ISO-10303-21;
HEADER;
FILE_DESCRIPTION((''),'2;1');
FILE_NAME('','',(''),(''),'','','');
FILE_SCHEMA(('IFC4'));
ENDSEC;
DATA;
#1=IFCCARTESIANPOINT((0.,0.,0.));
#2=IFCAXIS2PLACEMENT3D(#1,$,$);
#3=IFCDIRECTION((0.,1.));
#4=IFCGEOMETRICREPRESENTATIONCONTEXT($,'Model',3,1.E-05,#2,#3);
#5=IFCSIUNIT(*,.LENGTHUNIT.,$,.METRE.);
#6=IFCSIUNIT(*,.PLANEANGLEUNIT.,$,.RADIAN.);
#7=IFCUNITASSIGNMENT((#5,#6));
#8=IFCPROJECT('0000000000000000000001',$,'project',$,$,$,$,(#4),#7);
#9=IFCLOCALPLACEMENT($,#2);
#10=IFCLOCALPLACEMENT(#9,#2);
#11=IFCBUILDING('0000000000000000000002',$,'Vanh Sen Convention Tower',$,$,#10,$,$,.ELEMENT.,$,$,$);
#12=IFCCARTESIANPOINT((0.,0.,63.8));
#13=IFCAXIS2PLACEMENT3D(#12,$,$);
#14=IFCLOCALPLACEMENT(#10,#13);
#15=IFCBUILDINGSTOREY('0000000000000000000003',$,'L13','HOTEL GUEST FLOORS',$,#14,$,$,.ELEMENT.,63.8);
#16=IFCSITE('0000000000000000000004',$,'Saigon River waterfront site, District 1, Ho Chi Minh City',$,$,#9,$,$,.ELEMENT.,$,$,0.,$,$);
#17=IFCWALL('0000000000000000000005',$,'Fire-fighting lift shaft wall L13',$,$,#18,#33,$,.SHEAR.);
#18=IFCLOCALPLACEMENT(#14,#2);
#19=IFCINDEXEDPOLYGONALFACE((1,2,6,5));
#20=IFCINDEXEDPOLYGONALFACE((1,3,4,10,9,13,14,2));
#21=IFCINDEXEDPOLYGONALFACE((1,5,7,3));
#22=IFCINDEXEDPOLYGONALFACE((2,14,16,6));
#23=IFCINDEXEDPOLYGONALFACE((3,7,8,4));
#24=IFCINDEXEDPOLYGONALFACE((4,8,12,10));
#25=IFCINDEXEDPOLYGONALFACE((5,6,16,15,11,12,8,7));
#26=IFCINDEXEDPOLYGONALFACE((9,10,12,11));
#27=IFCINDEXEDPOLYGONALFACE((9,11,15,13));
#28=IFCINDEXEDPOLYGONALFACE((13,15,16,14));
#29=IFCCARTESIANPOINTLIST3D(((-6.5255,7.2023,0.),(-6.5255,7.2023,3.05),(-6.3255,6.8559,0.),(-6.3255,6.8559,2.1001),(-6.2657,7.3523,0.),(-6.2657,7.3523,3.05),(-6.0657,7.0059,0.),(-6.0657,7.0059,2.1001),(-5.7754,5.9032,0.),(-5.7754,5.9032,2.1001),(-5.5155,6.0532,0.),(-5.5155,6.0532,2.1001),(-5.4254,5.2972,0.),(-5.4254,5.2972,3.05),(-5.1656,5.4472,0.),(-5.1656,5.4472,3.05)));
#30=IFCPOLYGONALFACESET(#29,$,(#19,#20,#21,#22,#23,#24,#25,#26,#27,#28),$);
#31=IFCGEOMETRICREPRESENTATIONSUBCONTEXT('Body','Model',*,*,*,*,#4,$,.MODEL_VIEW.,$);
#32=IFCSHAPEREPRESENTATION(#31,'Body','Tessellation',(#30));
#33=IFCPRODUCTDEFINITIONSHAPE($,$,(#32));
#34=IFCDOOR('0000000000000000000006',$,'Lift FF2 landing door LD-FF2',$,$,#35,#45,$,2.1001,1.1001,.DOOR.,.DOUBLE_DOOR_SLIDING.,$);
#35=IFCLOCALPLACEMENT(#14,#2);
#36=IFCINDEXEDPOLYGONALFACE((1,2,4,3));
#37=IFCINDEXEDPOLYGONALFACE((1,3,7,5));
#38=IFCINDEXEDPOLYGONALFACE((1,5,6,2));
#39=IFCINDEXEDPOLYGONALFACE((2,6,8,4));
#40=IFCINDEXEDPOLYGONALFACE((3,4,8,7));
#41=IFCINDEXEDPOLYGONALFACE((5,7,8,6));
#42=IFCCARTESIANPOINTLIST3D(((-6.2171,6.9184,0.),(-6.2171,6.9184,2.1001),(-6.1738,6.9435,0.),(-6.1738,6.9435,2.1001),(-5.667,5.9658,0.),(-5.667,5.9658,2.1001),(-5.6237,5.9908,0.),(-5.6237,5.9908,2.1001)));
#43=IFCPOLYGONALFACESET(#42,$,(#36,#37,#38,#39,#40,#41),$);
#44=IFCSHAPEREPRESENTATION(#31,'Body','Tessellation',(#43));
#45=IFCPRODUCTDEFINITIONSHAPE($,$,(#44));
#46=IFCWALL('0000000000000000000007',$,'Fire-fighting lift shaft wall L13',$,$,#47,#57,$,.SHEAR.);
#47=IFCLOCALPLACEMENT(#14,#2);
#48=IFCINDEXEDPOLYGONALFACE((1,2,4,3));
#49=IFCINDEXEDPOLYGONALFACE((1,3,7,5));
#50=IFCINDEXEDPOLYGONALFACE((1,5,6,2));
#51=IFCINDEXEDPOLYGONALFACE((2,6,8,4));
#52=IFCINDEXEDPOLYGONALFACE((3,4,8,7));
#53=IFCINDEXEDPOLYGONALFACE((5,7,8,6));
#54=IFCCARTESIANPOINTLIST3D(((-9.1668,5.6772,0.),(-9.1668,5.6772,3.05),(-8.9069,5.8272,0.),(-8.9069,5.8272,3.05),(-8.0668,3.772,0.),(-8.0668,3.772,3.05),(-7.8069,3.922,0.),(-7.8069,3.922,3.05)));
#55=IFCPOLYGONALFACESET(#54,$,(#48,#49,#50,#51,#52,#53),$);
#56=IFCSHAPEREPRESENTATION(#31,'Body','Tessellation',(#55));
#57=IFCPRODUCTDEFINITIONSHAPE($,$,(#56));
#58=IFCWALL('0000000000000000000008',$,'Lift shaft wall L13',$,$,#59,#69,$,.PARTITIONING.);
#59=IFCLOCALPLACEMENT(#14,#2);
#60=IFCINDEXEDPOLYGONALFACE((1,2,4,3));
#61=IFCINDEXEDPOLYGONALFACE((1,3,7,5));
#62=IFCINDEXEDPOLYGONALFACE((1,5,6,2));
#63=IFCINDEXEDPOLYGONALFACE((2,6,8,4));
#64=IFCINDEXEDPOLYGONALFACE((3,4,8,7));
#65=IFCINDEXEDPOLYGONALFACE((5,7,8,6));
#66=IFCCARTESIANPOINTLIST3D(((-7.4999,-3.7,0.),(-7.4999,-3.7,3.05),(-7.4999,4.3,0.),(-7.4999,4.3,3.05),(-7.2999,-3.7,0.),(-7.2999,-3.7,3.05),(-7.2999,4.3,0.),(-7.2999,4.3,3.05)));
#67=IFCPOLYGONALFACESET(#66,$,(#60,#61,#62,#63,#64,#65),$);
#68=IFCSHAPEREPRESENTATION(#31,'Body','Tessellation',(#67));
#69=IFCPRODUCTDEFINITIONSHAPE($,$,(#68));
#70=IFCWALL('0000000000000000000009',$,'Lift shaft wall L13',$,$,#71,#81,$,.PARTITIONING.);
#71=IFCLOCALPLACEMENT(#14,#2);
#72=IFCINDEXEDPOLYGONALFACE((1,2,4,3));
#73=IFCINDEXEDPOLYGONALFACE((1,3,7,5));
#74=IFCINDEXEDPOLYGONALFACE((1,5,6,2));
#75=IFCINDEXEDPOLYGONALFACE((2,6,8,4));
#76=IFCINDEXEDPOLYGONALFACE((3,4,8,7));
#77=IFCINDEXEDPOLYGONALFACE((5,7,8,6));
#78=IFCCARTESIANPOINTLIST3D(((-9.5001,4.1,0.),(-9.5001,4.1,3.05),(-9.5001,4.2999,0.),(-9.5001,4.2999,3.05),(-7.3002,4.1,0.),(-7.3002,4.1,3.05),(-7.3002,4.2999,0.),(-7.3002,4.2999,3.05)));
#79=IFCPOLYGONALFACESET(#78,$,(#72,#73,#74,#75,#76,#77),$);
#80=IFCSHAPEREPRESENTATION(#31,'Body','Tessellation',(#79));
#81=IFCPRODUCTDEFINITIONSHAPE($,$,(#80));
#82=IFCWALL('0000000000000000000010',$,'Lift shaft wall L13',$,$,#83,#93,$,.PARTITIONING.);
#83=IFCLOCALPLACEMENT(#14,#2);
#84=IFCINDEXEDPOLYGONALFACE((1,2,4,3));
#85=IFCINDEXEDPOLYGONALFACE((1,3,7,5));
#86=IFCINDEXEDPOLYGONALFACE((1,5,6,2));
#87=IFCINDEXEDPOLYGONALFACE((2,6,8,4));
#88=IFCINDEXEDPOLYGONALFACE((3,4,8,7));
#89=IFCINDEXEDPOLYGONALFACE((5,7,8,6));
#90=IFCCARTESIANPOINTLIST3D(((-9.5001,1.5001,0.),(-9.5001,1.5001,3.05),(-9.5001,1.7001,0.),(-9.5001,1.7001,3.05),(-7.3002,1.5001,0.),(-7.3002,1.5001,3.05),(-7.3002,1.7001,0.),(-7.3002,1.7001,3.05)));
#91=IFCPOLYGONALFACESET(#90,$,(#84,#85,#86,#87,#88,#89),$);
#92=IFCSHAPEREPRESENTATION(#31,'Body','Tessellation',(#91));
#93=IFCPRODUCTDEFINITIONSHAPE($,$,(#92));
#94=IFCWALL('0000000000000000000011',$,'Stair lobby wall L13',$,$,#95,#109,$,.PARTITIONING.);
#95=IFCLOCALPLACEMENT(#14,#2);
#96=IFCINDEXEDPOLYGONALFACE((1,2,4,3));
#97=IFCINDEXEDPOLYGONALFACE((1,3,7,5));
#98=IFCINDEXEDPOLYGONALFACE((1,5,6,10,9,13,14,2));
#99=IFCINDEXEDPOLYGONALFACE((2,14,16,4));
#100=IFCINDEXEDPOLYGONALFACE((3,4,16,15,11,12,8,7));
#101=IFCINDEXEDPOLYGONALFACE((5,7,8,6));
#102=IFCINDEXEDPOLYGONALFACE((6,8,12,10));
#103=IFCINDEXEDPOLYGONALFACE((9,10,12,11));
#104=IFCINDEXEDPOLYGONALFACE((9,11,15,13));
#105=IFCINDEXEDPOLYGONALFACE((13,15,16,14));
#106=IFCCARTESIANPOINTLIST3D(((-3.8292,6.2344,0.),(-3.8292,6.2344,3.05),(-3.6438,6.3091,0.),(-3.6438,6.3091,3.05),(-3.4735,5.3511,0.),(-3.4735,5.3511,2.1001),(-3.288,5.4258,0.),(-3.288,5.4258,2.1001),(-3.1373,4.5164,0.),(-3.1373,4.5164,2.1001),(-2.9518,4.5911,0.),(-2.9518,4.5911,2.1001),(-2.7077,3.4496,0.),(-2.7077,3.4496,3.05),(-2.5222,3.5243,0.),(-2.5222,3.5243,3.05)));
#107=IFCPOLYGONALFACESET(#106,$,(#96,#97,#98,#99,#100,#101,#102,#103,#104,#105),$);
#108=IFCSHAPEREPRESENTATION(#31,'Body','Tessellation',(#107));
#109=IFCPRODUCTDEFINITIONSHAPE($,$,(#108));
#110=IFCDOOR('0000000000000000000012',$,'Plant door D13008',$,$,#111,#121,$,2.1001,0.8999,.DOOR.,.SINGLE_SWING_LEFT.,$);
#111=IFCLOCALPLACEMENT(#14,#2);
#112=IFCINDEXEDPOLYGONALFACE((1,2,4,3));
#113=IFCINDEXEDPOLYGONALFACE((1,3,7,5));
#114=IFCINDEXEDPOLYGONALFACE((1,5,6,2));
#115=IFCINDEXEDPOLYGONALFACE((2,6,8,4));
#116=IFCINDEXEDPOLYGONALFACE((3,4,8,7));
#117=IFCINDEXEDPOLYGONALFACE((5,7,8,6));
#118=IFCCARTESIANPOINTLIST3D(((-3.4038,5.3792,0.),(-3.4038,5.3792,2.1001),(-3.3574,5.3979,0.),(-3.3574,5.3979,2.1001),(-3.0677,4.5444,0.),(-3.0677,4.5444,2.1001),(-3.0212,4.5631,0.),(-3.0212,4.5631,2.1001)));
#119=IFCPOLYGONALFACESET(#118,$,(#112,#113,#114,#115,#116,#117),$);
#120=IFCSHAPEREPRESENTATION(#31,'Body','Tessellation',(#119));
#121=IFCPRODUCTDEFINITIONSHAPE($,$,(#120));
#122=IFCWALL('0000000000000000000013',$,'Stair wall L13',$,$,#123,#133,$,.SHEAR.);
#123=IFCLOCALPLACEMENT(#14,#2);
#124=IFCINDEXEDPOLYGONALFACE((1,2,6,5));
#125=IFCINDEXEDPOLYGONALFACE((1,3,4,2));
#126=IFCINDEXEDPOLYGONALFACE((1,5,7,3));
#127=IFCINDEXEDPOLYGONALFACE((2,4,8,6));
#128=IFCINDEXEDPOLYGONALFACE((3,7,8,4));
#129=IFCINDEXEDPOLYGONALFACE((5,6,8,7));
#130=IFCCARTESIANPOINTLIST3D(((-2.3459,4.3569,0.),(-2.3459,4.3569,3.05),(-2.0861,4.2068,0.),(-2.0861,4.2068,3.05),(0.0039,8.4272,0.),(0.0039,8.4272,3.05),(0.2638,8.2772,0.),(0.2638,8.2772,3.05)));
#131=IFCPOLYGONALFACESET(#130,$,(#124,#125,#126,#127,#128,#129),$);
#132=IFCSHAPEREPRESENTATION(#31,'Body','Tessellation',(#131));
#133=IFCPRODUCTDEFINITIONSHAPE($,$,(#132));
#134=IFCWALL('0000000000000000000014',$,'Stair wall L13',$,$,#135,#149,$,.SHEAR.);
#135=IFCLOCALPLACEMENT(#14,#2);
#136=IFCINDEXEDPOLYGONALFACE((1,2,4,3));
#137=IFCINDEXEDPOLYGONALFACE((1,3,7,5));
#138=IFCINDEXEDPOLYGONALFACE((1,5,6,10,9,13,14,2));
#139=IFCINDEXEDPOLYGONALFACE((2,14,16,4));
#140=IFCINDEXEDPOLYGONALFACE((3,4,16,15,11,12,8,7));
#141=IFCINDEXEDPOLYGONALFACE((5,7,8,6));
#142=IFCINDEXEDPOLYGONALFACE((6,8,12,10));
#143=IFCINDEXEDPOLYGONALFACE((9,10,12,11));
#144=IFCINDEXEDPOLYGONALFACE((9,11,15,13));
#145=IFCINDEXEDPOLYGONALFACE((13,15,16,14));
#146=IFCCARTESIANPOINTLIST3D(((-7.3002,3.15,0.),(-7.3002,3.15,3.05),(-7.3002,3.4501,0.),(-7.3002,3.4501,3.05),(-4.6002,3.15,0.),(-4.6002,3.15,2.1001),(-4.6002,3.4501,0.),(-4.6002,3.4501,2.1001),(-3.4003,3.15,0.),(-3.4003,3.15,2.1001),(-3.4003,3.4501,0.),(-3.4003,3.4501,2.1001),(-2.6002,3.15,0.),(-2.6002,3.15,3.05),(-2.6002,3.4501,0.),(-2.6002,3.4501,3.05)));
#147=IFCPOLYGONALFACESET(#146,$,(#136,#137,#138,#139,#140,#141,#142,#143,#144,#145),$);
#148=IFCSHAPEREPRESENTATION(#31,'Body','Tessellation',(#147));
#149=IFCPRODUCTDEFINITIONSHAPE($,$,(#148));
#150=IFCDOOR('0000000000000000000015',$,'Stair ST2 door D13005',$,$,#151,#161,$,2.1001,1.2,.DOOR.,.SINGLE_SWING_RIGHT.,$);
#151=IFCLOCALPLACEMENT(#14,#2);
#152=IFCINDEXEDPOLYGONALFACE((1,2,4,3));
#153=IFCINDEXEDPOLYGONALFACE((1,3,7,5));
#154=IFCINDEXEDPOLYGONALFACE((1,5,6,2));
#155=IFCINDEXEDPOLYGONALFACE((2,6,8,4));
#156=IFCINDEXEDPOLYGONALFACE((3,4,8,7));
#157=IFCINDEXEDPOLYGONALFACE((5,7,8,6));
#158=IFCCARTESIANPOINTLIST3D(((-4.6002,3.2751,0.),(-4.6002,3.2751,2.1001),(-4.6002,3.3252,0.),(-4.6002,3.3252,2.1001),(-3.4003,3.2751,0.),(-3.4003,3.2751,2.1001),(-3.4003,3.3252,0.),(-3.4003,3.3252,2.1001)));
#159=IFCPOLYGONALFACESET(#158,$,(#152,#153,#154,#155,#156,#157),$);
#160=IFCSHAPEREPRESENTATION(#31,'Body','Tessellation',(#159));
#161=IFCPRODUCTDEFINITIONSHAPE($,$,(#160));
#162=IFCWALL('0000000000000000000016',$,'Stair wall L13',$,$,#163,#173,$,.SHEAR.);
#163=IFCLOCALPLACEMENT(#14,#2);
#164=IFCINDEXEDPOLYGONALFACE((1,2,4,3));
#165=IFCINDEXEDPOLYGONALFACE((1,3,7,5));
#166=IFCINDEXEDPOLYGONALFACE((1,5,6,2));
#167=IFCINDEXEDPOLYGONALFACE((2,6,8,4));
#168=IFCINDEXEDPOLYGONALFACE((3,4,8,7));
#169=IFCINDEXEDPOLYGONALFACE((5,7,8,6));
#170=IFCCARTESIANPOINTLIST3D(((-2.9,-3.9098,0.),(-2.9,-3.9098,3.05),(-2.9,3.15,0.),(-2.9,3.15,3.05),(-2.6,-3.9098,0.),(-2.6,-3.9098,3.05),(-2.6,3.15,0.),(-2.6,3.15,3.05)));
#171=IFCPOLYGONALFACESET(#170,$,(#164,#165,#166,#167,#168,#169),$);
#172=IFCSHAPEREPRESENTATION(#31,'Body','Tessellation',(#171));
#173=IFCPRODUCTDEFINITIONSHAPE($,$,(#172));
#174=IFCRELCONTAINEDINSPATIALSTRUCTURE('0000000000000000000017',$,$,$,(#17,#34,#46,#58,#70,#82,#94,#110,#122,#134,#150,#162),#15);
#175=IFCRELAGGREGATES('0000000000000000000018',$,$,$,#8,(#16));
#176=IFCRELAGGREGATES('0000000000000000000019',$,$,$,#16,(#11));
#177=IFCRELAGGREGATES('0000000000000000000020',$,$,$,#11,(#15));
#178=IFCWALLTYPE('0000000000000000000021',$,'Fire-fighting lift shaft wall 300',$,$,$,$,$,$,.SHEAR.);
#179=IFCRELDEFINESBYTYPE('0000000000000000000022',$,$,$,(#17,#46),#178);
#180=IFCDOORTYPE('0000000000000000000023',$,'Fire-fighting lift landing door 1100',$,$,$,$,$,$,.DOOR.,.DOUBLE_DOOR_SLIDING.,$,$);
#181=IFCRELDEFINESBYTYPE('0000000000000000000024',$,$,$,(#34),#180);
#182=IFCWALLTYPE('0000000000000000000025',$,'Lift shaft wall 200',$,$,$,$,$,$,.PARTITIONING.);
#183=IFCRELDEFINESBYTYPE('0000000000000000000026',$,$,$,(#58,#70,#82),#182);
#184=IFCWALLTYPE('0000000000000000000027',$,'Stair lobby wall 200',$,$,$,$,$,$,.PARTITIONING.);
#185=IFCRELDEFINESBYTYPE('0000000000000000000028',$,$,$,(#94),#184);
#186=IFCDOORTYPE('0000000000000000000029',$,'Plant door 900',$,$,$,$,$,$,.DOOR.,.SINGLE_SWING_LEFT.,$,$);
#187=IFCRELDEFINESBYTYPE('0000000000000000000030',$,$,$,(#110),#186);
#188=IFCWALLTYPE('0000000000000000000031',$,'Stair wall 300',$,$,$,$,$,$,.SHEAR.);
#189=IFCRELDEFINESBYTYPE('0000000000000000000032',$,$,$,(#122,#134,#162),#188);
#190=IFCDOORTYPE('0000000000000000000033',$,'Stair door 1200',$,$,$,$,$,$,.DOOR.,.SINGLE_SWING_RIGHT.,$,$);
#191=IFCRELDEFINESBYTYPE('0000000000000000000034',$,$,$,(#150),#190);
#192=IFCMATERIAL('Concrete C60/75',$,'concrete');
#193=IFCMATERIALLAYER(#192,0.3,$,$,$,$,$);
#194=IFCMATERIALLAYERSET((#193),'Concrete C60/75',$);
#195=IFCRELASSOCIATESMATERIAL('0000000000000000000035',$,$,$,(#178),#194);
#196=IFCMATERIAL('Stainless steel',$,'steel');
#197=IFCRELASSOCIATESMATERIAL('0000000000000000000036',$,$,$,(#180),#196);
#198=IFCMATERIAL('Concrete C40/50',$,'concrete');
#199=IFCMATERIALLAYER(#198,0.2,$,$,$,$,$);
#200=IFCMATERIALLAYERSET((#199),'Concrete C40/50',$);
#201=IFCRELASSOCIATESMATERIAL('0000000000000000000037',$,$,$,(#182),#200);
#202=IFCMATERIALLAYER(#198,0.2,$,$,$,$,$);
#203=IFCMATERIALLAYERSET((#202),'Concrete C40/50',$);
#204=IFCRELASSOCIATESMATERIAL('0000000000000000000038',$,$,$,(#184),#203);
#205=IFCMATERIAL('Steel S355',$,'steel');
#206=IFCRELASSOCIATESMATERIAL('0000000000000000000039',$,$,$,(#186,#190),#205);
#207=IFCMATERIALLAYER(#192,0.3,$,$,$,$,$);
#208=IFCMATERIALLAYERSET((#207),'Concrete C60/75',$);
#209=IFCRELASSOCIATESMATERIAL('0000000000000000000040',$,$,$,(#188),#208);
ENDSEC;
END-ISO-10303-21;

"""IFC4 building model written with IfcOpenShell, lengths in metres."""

from ifc_helpers import new_model, si_unit, direction, frame, frame_2d, origin, place, context, subcontext, project, spatial, rectangle, extrude, material, layer, layer_set, type_object, element, fill, save


model = new_model("IFC4")

# Units and contexts
model_context = context("Model", 3, precision=1e-05, world=origin(), true_north=direction((0.0, 1.0)))
body_context = subcontext(model_context, "Body", "Model", "MODEL_VIEW")
ifc_project = project(units=[si_unit("LENGTHUNIT", "METRE"), si_unit("PLANEANGLEUNIT", "RADIAN")], contexts=[model_context])

# Site, building, storey
site_placement = place(None, origin())
site = spatial("IfcSite", under=ifc_project, at=site_placement, Name="Saigon River waterfront site, District 1, Ho Chi Minh City", CompositionType="ELEMENT", RefElevation=0.0)
building_placement = place(site_placement, origin())
building = spatial("IfcBuilding", under=site, at=building_placement, Name="Vanh Sen Convention Tower", CompositionType="ELEMENT")
storey_placement = place(building_placement, frame((0.0, 0.0, 63.8)))
storey = spatial("IfcBuildingStorey", under=building, at=storey_placement, Name="L13", Description="HOTEL GUEST FLOORS", CompositionType="ELEMENT", Elevation=63.8)

# Wall, opening, door
ifc_material_1 = material(Name="Concrete C60/75", Category="concrete")
ifc_layer_1 = layer(ifc_material_1, 0.3)
ifc_layer_set_1 = layer_set([ifc_layer_1], Name="Concrete C60/75")
wall_type_1 = type_object("IfcWallType", Name="Fire-fighting lift shaft wall 300", PredefinedType="SHEAR", material=ifc_layer_set_1)
wall_1_placement = place(storey_placement, frame((-5.2954, 5.3721, 0.0), z_axis=(0.0, 0.0, 1.0), x_axis=(-0.500078, 0.86598, 0.0)))
wall_1 = element("IfcWall", 1, at=wall_1_placement, inside=storey, type_object=wall_type_1, Name="Fire-fighting lift shaft wall L13", PredefinedType="SHEAR", context=body_context, shape_type="SweptSolid", body=[
    extrude(rectangle(XDim=2.2, YDim=0.3, at=frame_2d((1.1001, 0.0))), origin(), (0.0, 0.0, 1.0), 3.05),
])
opening_1_placement = place(wall_1_placement, frame((0.7, 0.0, 0.0)))
opening_1 = element("IfcOpeningElement", 2, at=opening_1_placement, cuts=wall_1, PredefinedType="OPENING", context=body_context, shape_type="SweptSolid", body=[
    extrude(rectangle(XDim=1.1001, YDim=2.1001, at=frame_2d((0.55, 1.05))), frame((0.0, 0.1599, 0.0), z_axis=(0.0, -1.0, 0.0), x_axis=(1.0, 0.0, 0.0)), (0.0, 0.0, 1.0), 0.3201),
])
ifc_material_2 = material(Name="Stainless steel", Category="steel")
door_type_1 = type_object("IfcDoorType", Name="Fire-fighting lift landing door 1100", OperationType="DOUBLE_DOOR_SLIDING", PredefinedType="DOOR", material=ifc_material_2)
door_1_placement = place(opening_1_placement, origin())
door_1 = element("IfcDoor", 3, at=door_1_placement, inside=storey, type_object=door_type_1, Name="Lift FF2 landing door LD-FF2", OperationType="DOUBLE_DOOR_SLIDING", OverallHeight=2.1001, OverallWidth=1.1001, PredefinedType="DOOR", context=body_context, shape_type="SweptSolid", body=[
    extrude(rectangle(XDim=1.1001, YDim=2.1001, at=frame_2d((0.55, 1.05))), frame((0.0, 0.0249, 0.0), z_axis=(0.0, -1.0, 0.0), x_axis=(1.0, 0.0, 0.0)), (0.0, 0.0, 1.0), 0.05),
])
fill(opening_1, door_1)

# Walls
wall_2_placement = place(storey_placement, frame((-7.9368, 3.8469, 0.0), z_axis=(0.0, 0.0, 1.0), x_axis=(-0.50003, 0.866008, 0.0)))
element("IfcWall", 4, at=wall_2_placement, inside=storey, type_object=wall_type_1, Name="Fire-fighting lift shaft wall L13", PredefinedType="SHEAR", context=body_context, shape_type="SweptSolid", body=[
    extrude(rectangle(XDim=2.2, YDim=0.3, at=frame_2d((1.1001, 0.0))), origin(), (0.0, 0.0, 1.0), 3.05),
])
ifc_material_3 = material(Name="Concrete C40/50", Category="concrete")
ifc_layer_2 = layer(ifc_material_3, 0.2)
ifc_layer_set_2 = layer_set([ifc_layer_2], Name="Concrete C40/50")
wall_type_2 = type_object("IfcWallType", Name="Lift shaft wall 200", PredefinedType="PARTITIONING", material=ifc_layer_set_2)
wall_3_placement = place(storey_placement, frame((-7.3999, 4.3, 0.0), z_axis=(0.0, 0.0, 1.0), x_axis=(0.0, -1.0, 0.0)))
element("IfcWall", 5, at=wall_3_placement, inside=storey, type_object=wall_type_2, Name="Lift shaft wall L13", PredefinedType="PARTITIONING", context=body_context, shape_type="SweptSolid", body=[
    extrude(rectangle(XDim=8.0, YDim=0.2, at=frame_2d((4.0, 0.0))), origin(), (0.0, 0.0, 1.0), 3.05),
])
for number, where, z_axis, x_axis, name in (
    (6, (-7.3, 4.2, 0.0), (0.0, 0.0, 1.0), (-1.0, 0.0, 0.0), "Lift shaft wall L13"),
    (7, (-7.3, 1.6001, 0.0), (0.0, 0.0, 1.0), (-1.0, 0.0, 0.0), "Lift shaft wall L13"),
):
    element("IfcWall", number, at=place(storey_placement, frame(where, z_axis=z_axis, x_axis=x_axis)), inside=storey, type_object=wall_type_2, Name=name, PredefinedType="PARTITIONING", context=body_context, shape_type="SweptSolid", body=[
        extrude(rectangle(XDim=2.2, YDim=0.2, at=frame_2d((1.1001, 0.0))), origin(), (0.0, 0.0, 1.0), 3.05),
    ])

# Wall, opening, door
ifc_layer_3 = layer(ifc_material_3, 0.2)
ifc_layer_set_3 = layer_set([ifc_layer_3], Name="Concrete C40/50")
wall_type_3 = type_object("IfcWallType", Name="Stair lobby wall 200", PredefinedType="PARTITIONING", material=ifc_layer_set_3)
wall_4_placement = place(storey_placement, frame((-2.615, 3.4871, 0.0), z_axis=(0.0, 0.0, 1.0), x_axis=(-0.373577, 0.927599, 0.0)))
wall_4 = element("IfcWall", 8, at=wall_4_placement, inside=storey, type_object=wall_type_3, Name="Stair lobby wall L13", PredefinedType="PARTITIONING", context=body_context, shape_type="SweptSolid", body=[
    extrude(rectangle(XDim=3.0022, YDim=0.2, at=frame_2d((1.501, 0.0))), origin(), (0.0, 0.0, 1.0), 3.05),
])
opening_2_placement = place(wall_4_placement, frame((1.1499, 0.0, 0.0)))
opening_2 = element("IfcOpeningElement", 9, at=opening_2_placement, cuts=wall_4, PredefinedType="OPENING", context=body_context, shape_type="SweptSolid", body=[
    extrude(rectangle(XDim=0.8999, YDim=2.1001, at=frame_2d((0.45, 1.05))), frame((0.0, 0.1099, 0.0), z_axis=(0.0, -1.0, 0.0), x_axis=(1.0, 0.0, 0.0)), (0.0, 0.0, 1.0), 0.22),
])
ifc_material_4 = material(Name="Steel S355", Category="steel")
door_type_2 = type_object("IfcDoorType", Name="Plant door 900", OperationType="SINGLE_SWING_LEFT", PredefinedType="DOOR", material=ifc_material_4)
door_2_placement = place(opening_2_placement, origin())
door_2 = element("IfcDoor", 10, at=door_2_placement, inside=storey, type_object=door_type_2, Name="Plant door D13008", OperationType="SINGLE_SWING_LEFT", OverallHeight=2.1001, OverallWidth=0.8999, PredefinedType="DOOR", context=body_context, shape_type="SweptSolid", body=[
    extrude(rectangle(XDim=0.8999, YDim=2.1001, at=frame_2d((0.45, 1.05))), frame((0.0, 0.0249, 0.0), z_axis=(0.0, -1.0, 0.0), x_axis=(1.0, 0.0, 0.0)), (0.0, 0.0, 1.0), 0.05),
])
fill(opening_2, door_2)

# Wall
ifc_layer_4 = layer(ifc_material_1, 0.3)
ifc_layer_set_4 = layer_set([ifc_layer_4], Name="Concrete C60/75")
wall_type_4 = type_object("IfcWallType", Name="Stair wall 300", PredefinedType="SHEAR", material=ifc_layer_set_4)
wall_5_placement = place(storey_placement, frame((-2.2161, 4.2817, 0.0), z_axis=(0.0, 0.0, 1.0), x_axis=(0.499977, 0.866039, 0.0)))
element("IfcWall", 11, at=wall_5_placement, inside=storey, type_object=wall_type_4, Name="Stair wall L13", PredefinedType="SHEAR", context=body_context, shape_type="SweptSolid", body=[
    extrude(rectangle(XDim=4.7, YDim=0.3, at=frame_2d((2.3501, 0.0))), origin(), (0.0, 0.0, 1.0), 3.05),
])

# Wall, opening, door
wall_6_placement = place(storey_placement, frame((-2.6001, 3.3, 0.0), z_axis=(0.0, 0.0, 1.0), x_axis=(-1.0, 0.0, 0.0)))
wall_6 = element("IfcWall", 12, at=wall_6_placement, inside=storey, type_object=wall_type_4, Name="Stair wall L13", PredefinedType="SHEAR", context=body_context, shape_type="SweptSolid", body=[
    extrude(rectangle(XDim=4.7, YDim=0.3, at=frame_2d((2.3501, 0.0))), origin(), (0.0, 0.0, 1.0), 3.05),
])
opening_3_placement = place(wall_6_placement, frame((0.8, 0.0, 0.0)))
opening_3 = element("IfcOpeningElement", 13, at=opening_3_placement, cuts=wall_6, PredefinedType="OPENING", context=body_context, shape_type="SweptSolid", body=[
    extrude(rectangle(XDim=1.2, YDim=2.1001, at=frame_2d((0.6001, 1.05))), frame((0.0, 0.1599, 0.0), z_axis=(0.0, -1.0, 0.0), x_axis=(1.0, 0.0, 0.0)), (0.0, 0.0, 1.0), 0.3201),
])
door_type_3 = type_object("IfcDoorType", Name="Stair door 1200", OperationType="SINGLE_SWING_RIGHT", PredefinedType="DOOR", material=ifc_material_4)
door_3_placement = place(opening_3_placement, origin())
door_3 = element("IfcDoor", 14, at=door_3_placement, inside=storey, type_object=door_type_3, Name="Stair ST2 door D13005", OperationType="SINGLE_SWING_RIGHT", OverallHeight=2.1001, OverallWidth=1.2, PredefinedType="DOOR", context=body_context, shape_type="SweptSolid", body=[
    extrude(rectangle(XDim=1.2, YDim=2.1001, at=frame_2d((0.6001, 1.05))), frame((0.0, 0.0249, 0.0), z_axis=(0.0, -1.0, 0.0), x_axis=(1.0, 0.0, 0.0)), (0.0, 0.0, 1.0), 0.05),
])
fill(opening_3, door_3)

# Wall
for number, where, z_axis, x_axis, name in (
    (15, (-2.75, 3.1499, 0.0), (0.0, 0.0, 1.0), (0.0, -1.0, 0.0), "Stair wall L13"),
):
    element("IfcWall", number, at=place(storey_placement, frame(where, z_axis=z_axis, x_axis=x_axis)), inside=storey, type_object=wall_type_4, Name=name, PredefinedType="SHEAR", context=body_context, shape_type="SweptSolid", body=[
        extrude(rectangle(XDim=7.0598, YDim=0.3, at=frame_2d((3.5298, 0.0))), origin(), (0.0, 0.0, 1.0), 3.05),
    ])

save(model, "model.ifc")
